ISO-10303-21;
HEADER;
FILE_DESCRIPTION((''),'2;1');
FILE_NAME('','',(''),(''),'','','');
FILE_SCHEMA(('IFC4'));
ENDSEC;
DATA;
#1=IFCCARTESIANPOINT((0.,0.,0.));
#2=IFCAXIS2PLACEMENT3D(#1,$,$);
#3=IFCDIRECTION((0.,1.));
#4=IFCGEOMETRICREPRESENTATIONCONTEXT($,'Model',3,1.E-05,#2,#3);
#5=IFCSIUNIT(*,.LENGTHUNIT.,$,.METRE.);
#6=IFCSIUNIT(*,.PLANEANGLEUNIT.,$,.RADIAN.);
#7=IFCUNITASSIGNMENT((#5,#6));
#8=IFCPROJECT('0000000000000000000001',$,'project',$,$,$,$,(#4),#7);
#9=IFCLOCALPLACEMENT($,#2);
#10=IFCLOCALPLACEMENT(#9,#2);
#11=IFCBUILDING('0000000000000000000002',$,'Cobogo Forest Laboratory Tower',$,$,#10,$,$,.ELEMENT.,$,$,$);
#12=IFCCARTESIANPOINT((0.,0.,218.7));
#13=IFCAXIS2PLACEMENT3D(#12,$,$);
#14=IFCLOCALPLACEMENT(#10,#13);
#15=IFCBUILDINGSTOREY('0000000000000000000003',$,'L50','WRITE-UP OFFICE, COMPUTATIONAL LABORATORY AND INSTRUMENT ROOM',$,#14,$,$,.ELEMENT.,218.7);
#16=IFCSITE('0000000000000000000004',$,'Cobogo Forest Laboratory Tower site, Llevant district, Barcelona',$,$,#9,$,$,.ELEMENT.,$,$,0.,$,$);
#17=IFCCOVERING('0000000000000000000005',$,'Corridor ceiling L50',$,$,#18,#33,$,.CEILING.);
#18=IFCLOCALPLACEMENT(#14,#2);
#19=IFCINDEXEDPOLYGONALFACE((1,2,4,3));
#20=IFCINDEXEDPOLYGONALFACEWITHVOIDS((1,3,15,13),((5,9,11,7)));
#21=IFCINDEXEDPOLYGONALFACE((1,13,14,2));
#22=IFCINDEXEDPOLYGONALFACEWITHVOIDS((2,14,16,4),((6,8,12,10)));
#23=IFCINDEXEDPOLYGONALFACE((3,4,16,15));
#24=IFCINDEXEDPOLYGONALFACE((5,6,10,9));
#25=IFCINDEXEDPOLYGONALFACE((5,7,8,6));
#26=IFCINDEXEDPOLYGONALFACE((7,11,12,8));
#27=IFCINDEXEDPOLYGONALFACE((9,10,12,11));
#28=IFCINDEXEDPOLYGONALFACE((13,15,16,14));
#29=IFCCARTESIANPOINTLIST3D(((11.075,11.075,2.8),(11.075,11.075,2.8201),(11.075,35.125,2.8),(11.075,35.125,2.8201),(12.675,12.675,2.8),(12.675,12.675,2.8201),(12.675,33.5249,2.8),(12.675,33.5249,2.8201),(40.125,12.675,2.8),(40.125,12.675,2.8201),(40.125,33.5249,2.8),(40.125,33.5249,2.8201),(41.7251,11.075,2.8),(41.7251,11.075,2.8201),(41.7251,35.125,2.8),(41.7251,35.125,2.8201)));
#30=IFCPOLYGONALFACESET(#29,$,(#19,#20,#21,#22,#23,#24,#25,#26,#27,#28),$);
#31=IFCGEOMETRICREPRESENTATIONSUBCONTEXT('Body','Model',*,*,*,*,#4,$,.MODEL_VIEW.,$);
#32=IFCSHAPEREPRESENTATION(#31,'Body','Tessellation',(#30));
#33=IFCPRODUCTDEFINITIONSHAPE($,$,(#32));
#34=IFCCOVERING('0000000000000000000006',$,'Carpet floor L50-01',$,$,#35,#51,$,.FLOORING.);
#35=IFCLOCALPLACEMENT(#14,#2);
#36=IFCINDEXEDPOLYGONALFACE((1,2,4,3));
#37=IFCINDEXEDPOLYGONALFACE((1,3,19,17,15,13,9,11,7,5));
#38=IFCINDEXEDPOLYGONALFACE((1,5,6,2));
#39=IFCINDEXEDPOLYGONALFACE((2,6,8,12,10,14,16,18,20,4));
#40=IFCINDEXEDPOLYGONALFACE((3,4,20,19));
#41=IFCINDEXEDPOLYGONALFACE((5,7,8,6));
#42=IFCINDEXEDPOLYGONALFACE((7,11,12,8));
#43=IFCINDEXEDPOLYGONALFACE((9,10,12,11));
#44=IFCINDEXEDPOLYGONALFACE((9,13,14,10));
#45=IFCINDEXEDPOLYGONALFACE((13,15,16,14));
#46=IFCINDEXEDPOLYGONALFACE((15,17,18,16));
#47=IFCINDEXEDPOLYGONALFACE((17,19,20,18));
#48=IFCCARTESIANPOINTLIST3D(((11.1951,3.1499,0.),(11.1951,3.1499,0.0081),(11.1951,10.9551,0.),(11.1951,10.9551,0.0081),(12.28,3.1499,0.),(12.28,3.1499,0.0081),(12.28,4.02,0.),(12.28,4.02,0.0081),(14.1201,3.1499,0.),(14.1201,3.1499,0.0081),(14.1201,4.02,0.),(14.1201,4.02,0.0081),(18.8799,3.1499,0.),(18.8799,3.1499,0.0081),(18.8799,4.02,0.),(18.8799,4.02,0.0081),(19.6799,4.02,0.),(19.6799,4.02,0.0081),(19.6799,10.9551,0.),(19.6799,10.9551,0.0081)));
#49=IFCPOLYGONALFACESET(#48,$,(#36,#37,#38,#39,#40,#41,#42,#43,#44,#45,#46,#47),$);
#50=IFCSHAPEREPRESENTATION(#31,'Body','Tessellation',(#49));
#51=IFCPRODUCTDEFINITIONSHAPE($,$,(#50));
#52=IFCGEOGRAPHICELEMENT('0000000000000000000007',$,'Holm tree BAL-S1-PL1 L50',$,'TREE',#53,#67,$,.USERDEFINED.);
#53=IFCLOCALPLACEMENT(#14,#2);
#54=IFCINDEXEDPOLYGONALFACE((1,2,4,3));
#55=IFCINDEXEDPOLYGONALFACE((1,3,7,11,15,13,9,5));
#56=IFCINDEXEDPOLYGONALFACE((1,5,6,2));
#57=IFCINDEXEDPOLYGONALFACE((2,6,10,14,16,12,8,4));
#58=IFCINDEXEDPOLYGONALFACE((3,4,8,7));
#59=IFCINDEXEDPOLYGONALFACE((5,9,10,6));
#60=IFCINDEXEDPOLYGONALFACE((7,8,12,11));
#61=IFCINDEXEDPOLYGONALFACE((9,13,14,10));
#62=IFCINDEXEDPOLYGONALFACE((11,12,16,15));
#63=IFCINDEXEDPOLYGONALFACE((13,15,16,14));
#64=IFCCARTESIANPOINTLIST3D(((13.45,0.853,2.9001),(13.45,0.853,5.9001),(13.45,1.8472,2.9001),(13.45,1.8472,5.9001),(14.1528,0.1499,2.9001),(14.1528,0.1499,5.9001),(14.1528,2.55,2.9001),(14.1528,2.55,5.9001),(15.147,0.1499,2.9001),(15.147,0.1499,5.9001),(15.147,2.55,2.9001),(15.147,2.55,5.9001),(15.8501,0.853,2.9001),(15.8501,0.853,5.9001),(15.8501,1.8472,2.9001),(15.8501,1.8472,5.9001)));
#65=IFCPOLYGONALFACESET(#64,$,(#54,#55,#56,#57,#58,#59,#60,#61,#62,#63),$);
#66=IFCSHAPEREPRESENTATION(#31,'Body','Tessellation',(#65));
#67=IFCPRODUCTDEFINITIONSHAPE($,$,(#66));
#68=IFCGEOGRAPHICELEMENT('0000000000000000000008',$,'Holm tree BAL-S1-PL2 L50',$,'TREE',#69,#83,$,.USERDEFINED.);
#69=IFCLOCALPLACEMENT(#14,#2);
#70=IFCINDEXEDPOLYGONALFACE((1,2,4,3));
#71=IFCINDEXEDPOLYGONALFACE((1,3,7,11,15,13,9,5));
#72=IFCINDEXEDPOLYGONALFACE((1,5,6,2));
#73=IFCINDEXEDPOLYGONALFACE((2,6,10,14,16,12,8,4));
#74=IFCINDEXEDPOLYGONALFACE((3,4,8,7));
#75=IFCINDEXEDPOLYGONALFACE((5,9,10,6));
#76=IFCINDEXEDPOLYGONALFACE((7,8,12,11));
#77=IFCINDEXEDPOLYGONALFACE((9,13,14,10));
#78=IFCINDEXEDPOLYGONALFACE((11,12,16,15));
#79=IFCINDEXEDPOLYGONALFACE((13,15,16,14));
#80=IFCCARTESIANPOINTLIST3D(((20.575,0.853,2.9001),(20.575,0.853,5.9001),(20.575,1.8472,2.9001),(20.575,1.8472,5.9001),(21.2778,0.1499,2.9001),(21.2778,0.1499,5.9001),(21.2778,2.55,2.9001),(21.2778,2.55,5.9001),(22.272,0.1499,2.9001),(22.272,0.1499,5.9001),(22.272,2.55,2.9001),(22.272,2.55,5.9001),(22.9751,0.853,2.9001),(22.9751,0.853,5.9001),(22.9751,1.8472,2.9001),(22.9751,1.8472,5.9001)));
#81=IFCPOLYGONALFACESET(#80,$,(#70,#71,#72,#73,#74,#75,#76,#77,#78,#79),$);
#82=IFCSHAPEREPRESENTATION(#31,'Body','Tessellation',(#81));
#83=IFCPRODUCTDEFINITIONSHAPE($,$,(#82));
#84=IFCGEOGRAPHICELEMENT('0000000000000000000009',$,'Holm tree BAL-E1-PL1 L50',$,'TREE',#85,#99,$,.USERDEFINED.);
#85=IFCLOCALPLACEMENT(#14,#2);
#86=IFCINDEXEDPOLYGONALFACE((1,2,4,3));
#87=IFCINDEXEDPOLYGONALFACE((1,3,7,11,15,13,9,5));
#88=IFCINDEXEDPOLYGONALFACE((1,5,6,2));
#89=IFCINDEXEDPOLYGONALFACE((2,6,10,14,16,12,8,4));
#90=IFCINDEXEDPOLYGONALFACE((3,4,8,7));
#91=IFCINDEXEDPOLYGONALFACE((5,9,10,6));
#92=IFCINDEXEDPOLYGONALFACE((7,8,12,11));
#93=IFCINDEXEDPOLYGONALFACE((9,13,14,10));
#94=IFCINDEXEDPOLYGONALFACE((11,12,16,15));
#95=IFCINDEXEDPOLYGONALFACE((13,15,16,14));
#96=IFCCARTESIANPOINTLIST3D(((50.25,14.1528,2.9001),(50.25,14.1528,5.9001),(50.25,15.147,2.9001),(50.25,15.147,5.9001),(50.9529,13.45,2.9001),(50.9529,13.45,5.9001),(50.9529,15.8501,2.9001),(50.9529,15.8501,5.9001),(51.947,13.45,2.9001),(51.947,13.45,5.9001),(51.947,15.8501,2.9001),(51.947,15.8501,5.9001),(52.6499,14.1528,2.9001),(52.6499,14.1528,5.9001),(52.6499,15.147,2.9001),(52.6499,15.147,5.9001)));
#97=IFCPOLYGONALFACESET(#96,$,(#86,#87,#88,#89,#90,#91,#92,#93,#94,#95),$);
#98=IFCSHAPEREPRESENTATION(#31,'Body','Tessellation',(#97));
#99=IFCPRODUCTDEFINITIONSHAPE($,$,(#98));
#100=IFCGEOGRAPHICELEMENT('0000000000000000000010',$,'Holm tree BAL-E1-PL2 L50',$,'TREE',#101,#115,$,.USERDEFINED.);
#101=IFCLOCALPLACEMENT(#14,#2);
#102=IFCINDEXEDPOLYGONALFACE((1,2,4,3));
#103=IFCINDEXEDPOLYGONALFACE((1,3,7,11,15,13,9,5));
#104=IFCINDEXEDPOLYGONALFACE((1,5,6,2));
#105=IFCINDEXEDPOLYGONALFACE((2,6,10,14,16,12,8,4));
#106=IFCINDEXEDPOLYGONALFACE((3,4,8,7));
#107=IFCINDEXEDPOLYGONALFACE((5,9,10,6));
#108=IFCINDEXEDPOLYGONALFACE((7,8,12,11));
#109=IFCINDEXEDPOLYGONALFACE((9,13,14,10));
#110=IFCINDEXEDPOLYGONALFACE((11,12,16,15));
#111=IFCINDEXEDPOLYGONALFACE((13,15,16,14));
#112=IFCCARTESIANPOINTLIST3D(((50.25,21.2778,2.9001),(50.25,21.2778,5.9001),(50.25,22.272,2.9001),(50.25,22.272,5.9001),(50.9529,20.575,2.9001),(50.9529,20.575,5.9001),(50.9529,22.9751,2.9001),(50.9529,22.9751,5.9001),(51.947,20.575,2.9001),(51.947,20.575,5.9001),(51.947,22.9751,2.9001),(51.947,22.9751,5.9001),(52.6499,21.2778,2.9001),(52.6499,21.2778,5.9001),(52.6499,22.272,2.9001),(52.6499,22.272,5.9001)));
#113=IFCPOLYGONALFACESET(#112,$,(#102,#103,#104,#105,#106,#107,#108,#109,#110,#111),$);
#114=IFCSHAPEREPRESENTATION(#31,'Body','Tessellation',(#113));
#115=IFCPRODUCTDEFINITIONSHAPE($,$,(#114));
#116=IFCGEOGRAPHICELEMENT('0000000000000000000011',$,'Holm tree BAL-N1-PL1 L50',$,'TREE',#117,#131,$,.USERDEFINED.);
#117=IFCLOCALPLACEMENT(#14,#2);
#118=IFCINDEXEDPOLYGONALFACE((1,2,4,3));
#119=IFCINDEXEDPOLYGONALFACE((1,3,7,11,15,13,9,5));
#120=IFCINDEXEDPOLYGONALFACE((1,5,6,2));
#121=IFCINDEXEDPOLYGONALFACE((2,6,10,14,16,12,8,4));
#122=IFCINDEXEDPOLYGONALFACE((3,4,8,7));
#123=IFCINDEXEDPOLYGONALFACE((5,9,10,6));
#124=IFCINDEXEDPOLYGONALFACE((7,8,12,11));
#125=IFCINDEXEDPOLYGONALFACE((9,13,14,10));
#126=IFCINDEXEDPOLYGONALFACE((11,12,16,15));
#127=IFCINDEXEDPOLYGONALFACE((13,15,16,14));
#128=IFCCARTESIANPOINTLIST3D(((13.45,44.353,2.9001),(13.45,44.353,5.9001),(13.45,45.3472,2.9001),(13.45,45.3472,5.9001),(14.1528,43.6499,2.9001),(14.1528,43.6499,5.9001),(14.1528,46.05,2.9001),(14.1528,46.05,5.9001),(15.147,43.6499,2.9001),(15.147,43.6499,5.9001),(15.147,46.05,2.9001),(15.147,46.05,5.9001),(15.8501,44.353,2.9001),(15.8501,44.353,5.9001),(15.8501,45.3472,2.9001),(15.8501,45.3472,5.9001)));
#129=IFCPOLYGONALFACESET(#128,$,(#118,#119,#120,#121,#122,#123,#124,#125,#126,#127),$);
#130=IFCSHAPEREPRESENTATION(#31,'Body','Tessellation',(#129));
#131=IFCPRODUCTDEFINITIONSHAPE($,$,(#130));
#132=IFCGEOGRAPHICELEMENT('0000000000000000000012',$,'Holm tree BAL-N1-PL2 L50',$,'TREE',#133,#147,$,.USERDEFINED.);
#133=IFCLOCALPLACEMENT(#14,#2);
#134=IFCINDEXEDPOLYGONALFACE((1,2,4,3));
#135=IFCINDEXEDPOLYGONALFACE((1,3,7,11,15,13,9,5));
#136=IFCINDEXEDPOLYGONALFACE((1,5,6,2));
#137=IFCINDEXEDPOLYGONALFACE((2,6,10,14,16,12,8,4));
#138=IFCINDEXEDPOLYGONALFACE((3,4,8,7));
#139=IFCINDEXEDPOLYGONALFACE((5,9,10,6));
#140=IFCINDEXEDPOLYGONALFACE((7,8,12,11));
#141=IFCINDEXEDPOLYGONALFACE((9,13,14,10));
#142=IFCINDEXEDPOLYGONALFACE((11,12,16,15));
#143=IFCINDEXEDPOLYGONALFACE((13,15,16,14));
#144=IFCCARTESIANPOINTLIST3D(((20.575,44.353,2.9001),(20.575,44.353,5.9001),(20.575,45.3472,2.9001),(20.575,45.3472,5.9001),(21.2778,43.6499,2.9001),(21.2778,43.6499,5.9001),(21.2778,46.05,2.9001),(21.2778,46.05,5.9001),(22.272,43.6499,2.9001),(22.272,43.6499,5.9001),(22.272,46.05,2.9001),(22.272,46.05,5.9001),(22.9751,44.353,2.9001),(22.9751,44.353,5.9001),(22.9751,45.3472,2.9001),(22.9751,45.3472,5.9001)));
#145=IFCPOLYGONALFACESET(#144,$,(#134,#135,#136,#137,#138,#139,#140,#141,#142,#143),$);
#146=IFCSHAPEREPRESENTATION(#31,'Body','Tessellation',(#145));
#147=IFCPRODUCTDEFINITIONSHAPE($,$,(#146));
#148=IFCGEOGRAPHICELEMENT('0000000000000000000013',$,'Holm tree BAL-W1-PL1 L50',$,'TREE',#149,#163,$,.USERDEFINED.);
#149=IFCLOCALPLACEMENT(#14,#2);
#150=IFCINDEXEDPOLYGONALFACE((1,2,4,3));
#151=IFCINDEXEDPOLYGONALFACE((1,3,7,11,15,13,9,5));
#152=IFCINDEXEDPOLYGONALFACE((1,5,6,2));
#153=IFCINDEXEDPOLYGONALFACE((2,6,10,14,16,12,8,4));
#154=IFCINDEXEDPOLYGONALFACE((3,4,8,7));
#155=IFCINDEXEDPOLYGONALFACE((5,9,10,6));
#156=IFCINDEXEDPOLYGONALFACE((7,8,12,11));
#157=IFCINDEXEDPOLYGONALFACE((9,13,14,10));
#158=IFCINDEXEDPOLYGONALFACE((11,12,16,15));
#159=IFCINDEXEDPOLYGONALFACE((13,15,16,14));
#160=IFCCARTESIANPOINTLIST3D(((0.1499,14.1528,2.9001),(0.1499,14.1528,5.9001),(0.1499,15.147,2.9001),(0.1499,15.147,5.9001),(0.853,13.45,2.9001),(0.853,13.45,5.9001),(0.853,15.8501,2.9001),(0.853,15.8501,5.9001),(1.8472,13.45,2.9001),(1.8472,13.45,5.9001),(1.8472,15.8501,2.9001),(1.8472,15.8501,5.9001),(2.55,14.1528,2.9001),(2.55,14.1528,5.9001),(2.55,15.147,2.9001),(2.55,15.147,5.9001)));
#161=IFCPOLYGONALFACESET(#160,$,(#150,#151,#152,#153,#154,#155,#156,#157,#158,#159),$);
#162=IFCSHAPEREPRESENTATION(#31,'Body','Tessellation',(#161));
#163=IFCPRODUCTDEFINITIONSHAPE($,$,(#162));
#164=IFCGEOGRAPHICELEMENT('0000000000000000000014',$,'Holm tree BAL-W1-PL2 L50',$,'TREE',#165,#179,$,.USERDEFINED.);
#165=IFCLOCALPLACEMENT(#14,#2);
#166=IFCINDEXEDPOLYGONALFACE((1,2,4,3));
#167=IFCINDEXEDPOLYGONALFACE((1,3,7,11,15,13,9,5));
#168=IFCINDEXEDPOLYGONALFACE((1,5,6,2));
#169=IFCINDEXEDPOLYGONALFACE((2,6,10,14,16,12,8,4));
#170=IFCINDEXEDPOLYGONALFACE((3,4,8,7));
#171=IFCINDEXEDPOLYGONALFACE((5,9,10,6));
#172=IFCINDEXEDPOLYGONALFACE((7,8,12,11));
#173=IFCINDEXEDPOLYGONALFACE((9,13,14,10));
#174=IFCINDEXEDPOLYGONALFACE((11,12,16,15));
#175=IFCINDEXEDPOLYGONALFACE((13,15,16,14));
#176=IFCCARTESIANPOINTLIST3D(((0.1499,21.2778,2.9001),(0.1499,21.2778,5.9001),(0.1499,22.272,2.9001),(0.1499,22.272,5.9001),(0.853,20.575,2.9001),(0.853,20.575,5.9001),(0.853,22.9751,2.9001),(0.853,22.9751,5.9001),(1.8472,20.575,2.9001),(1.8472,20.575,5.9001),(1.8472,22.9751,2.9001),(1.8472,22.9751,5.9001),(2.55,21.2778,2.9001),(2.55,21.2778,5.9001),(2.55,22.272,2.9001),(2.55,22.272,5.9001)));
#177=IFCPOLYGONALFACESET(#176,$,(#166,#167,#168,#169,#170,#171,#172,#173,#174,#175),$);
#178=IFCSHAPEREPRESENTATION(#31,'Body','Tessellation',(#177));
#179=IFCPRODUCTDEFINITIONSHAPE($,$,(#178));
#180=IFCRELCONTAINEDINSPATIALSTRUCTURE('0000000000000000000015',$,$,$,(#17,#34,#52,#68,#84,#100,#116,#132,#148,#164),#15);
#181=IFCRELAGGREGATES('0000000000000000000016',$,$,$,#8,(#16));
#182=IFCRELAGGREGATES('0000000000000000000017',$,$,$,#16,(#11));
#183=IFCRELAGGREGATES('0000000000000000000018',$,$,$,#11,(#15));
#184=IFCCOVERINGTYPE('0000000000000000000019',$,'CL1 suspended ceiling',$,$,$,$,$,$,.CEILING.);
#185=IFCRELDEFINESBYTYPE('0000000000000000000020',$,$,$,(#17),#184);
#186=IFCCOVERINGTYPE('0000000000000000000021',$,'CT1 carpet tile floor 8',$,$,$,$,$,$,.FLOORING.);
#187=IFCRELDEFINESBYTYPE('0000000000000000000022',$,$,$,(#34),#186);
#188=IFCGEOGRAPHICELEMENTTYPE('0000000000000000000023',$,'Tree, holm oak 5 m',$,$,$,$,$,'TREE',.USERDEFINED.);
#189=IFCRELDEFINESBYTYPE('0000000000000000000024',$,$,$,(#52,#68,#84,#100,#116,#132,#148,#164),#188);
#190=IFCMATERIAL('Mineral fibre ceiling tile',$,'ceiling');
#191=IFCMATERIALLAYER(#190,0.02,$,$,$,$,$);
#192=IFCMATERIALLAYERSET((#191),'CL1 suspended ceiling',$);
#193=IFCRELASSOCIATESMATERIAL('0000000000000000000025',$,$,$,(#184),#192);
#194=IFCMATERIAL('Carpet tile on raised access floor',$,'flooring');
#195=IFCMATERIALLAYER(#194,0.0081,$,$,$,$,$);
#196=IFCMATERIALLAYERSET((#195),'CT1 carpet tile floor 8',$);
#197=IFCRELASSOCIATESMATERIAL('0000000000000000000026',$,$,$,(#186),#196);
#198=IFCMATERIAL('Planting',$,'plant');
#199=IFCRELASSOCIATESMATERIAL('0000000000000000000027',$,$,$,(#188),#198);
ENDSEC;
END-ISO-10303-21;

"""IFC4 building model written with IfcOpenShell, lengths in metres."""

from ifc_helpers import new_model, si_unit, direction, frame, origin, place, context, subcontext, project, spatial, polyline, outline, extrude, material, layer, layer_set, type_object, element, save


model = new_model("IFC4")

# Units and contexts
model_context = context("Model", 3, precision=1e-05, world=origin(), true_north=direction((0.0, 1.0)))
body_context = subcontext(model_context, "Body", "Model", "MODEL_VIEW")
ifc_project = project(units=[si_unit("LENGTHUNIT", "METRE"), si_unit("PLANEANGLEUNIT", "RADIAN")], contexts=[model_context])

# Site, building, storey
site_placement = place(None, origin())
site = spatial("IfcSite", under=ifc_project, at=site_placement, Name="Cobogo Forest Laboratory Tower site, Llevant district, Barcelona", CompositionType="ELEMENT", RefElevation=0.0)
building_placement = place(site_placement, origin())
building = spatial("IfcBuilding", under=site, at=building_placement, Name="Cobogo Forest Laboratory Tower", CompositionType="ELEMENT")
storey_placement = place(building_placement, frame((0.0, 0.0, 218.7)))
storey = spatial("IfcBuildingStorey", under=building, at=storey_placement, Name="L50", Description="WRITE-UP OFFICE, COMPUTATIONAL LABORATORY AND INSTRUMENT ROOM", CompositionType="ELEMENT", Elevation=218.7)

# Coverings
ifc_material_1 = material(Name="Mineral fibre ceiling tile", Category="ceiling")
ifc_layer_1 = layer(ifc_material_1, 0.02)
ifc_layer_set_1 = layer_set([ifc_layer_1], Name="CL1 suspended ceiling")
covering_type_1 = type_object("IfcCoveringType", Name="CL1 suspended ceiling", PredefinedType="CEILING", material=ifc_layer_set_1)
covering_1_placement = place(storey_placement, frame((0.0, 0.0, 2.8)))
element("IfcCovering", 1, at=covering_1_placement, inside=storey, type_object=covering_type_1, Name="Corridor ceiling L50", PredefinedType="CEILING", context=body_context, shape_type="SweptSolid", body=[
    extrude(outline(polyline([(11.075, 11.075), (11.075, 35.125), (41.7251, 35.125), (41.7251, 11.075), (11.075, 11.075)]), holes=[polyline([(40.125, 33.5249), (12.675, 33.5249), (12.675, 12.675), (40.125, 12.675), (40.125, 33.5249)])]), origin(), (0.0, 0.0, 1.0), 0.02),
])
ifc_material_2 = material(Name="Carpet tile on raised access floor", Category="flooring")
ifc_layer_2 = layer(ifc_material_2, 0.0081)
ifc_layer_set_2 = layer_set([ifc_layer_2], Name="CT1 carpet tile floor 8")
covering_type_2 = type_object("IfcCoveringType", Name="CT1 carpet tile floor 8", PredefinedType="FLOORING", material=ifc_layer_set_2)
covering_2_placement = place(storey_placement, origin())
element("IfcCovering", 2, at=covering_2_placement, inside=storey, type_object=covering_type_2, Name="Carpet floor L50-01", PredefinedType="FLOORING", context=body_context, shape_type="SweptSolid", body=[
    extrude(outline(polyline([(19.6799, 10.9551), (19.6799, 4.02), (18.8799, 4.02), (18.8799, 3.1499), (14.1201, 3.1499), (14.1201, 4.02), (12.28, 4.02), (12.28, 3.1499), (11.1951, 3.1499), (11.1951, 10.9551), (19.6799, 10.9551)])), origin(), (0.0, 0.0, 1.0), 0.0081),
])

# Geographic elements
ifc_material_3 = material(Name="Planting", Category="plant")
geographic_element_type = type_object("IfcGeographicElementType", Name="Tree, holm oak 5 m", ElementType="TREE", PredefinedType="USERDEFINED", material=ifc_material_3)
geographic_element_1_placement = place(storey_placement, frame((0.0, 0.0, 2.9001)))
element("IfcGeographicElement", 3, at=geographic_element_1_placement, inside=storey, type_object=geographic_element_type, Name="Holm tree BAL-S1-PL1 L50", ObjectType="TREE", PredefinedType="USERDEFINED", context=body_context, shape_type="SweptSolid", body=[
    extrude(outline(polyline([(15.8501, 0.853), (15.8501, 1.8472), (15.147, 2.55), (14.1528, 2.55), (13.45, 1.8472), (13.45, 0.853), (14.1528, 0.1499), (15.147, 0.1499), (15.8501, 0.853)])), origin(), (0.0, 0.0, 1.0), 3.0),
])
geographic_element_2_placement = place(storey_placement, frame((0.0, 0.0, 2.9001)))
element("IfcGeographicElement", 4, at=geographic_element_2_placement, inside=storey, type_object=geographic_element_type, Name="Holm tree BAL-S1-PL2 L50", ObjectType="TREE", PredefinedType="USERDEFINED", context=body_context, shape_type="SweptSolid", body=[
    extrude(outline(polyline([(22.9751, 0.853), (22.9751, 1.8472), (22.272, 2.55), (21.2778, 2.55), (20.575, 1.8472), (20.575, 0.853), (21.2778, 0.1499), (22.272, 0.1499), (22.9751, 0.853)])), origin(), (0.0, 0.0, 1.0), 3.0),
])
geographic_element_3_placement = place(storey_placement, frame((0.0, 0.0, 2.9001)))
element("IfcGeographicElement", 5, at=geographic_element_3_placement, inside=storey, type_object=geographic_element_type, Name="Holm tree BAL-E1-PL1 L50", ObjectType="TREE", PredefinedType="USERDEFINED", context=body_context, shape_type="SweptSolid", body=[
    extrude(outline(polyline([(52.6499, 14.1528), (52.6499, 15.147), (51.947, 15.8501), (50.9529, 15.8501), (50.25, 15.147), (50.25, 14.1528), (50.9529, 13.45), (51.947, 13.45), (52.6499, 14.1528)])), origin(), (0.0, 0.0, 1.0), 3.0),
])
geographic_element_4_placement = place(storey_placement, frame((0.0, 0.0, 2.9001)))
element("IfcGeographicElement", 6, at=geographic_element_4_placement, inside=storey, type_object=geographic_element_type, Name="Holm tree BAL-E1-PL2 L50", ObjectType="TREE", PredefinedType="USERDEFINED", context=body_context, shape_type="SweptSolid", body=[
    extrude(outline(polyline([(52.6499, 21.2778), (52.6499, 22.272), (51.947, 22.9751), (50.9529, 22.9751), (50.25, 22.272), (50.25, 21.2778), (50.9529, 20.575), (51.947, 20.575), (52.6499, 21.2778)])), origin(), (0.0, 0.0, 1.0), 3.0),
])
geographic_element_5_placement = place(storey_placement, frame((0.0, 0.0, 2.9001)))
element("IfcGeographicElement", 7, at=geographic_element_5_placement, inside=storey, type_object=geographic_element_type, Name="Holm tree BAL-N1-PL1 L50", ObjectType="TREE", PredefinedType="USERDEFINED", context=body_context, shape_type="SweptSolid", body=[
    extrude(outline(polyline([(15.8501, 44.353), (15.8501, 45.3472), (15.147, 46.05), (14.1528, 46.05), (13.45, 45.3472), (13.45, 44.353), (14.1528, 43.6499), (15.147, 43.6499), (15.8501, 44.353)])), origin(), (0.0, 0.0, 1.0), 3.0),
])
geographic_element_6_placement = place(storey_placement, frame((0.0, 0.0, 2.9001)))
element("IfcGeographicElement", 8, at=geographic_element_6_placement, inside=storey, type_object=geographic_element_type, Name="Holm tree BAL-N1-PL2 L50", ObjectType="TREE", PredefinedType="USERDEFINED", context=body_context, shape_type="SweptSolid", body=[
    extrude(outline(polyline([(22.9751, 44.353), (22.9751, 45.3472), (22.272, 46.05), (21.2778, 46.05), (20.575, 45.3472), (20.575, 44.353), (21.2778, 43.6499), (22.272, 43.6499), (22.9751, 44.353)])), origin(), (0.0, 0.0, 1.0), 3.0),
])
geographic_element_7_placement = place(storey_placement, frame((0.0, 0.0, 2.9001)))
element("IfcGeographicElement", 9, at=geographic_element_7_placement, inside=storey, type_object=geographic_element_type, Name="Holm tree BAL-W1-PL1 L50", ObjectType="TREE", PredefinedType="USERDEFINED", context=body_context, shape_type="SweptSolid", body=[
    extrude(outline(polyline([(2.55, 14.1528), (2.55, 15.147), (1.8472, 15.8501), (0.853, 15.8501), (0.1499, 15.147), (0.1499, 14.1528), (0.853, 13.45), (1.8472, 13.45), (2.55, 14.1528)])), origin(), (0.0, 0.0, 1.0), 3.0),
])
geographic_element_8_placement = place(storey_placement, frame((0.0, 0.0, 2.9001)))
element("IfcGeographicElement", 10, at=geographic_element_8_placement, inside=storey, type_object=geographic_element_type, Name="Holm tree BAL-W1-PL2 L50", ObjectType="TREE", PredefinedType="USERDEFINED", context=body_context, shape_type="SweptSolid", body=[
    extrude(outline(polyline([(2.55, 21.2778), (2.55, 22.272), (1.8472, 22.9751), (0.853, 22.9751), (0.1499, 22.272), (0.1499, 21.2778), (0.853, 20.575), (1.8472, 20.575), (2.55, 21.2778)])), origin(), (0.0, 0.0, 1.0), 3.0),
])

save(model, "model.ifc")
